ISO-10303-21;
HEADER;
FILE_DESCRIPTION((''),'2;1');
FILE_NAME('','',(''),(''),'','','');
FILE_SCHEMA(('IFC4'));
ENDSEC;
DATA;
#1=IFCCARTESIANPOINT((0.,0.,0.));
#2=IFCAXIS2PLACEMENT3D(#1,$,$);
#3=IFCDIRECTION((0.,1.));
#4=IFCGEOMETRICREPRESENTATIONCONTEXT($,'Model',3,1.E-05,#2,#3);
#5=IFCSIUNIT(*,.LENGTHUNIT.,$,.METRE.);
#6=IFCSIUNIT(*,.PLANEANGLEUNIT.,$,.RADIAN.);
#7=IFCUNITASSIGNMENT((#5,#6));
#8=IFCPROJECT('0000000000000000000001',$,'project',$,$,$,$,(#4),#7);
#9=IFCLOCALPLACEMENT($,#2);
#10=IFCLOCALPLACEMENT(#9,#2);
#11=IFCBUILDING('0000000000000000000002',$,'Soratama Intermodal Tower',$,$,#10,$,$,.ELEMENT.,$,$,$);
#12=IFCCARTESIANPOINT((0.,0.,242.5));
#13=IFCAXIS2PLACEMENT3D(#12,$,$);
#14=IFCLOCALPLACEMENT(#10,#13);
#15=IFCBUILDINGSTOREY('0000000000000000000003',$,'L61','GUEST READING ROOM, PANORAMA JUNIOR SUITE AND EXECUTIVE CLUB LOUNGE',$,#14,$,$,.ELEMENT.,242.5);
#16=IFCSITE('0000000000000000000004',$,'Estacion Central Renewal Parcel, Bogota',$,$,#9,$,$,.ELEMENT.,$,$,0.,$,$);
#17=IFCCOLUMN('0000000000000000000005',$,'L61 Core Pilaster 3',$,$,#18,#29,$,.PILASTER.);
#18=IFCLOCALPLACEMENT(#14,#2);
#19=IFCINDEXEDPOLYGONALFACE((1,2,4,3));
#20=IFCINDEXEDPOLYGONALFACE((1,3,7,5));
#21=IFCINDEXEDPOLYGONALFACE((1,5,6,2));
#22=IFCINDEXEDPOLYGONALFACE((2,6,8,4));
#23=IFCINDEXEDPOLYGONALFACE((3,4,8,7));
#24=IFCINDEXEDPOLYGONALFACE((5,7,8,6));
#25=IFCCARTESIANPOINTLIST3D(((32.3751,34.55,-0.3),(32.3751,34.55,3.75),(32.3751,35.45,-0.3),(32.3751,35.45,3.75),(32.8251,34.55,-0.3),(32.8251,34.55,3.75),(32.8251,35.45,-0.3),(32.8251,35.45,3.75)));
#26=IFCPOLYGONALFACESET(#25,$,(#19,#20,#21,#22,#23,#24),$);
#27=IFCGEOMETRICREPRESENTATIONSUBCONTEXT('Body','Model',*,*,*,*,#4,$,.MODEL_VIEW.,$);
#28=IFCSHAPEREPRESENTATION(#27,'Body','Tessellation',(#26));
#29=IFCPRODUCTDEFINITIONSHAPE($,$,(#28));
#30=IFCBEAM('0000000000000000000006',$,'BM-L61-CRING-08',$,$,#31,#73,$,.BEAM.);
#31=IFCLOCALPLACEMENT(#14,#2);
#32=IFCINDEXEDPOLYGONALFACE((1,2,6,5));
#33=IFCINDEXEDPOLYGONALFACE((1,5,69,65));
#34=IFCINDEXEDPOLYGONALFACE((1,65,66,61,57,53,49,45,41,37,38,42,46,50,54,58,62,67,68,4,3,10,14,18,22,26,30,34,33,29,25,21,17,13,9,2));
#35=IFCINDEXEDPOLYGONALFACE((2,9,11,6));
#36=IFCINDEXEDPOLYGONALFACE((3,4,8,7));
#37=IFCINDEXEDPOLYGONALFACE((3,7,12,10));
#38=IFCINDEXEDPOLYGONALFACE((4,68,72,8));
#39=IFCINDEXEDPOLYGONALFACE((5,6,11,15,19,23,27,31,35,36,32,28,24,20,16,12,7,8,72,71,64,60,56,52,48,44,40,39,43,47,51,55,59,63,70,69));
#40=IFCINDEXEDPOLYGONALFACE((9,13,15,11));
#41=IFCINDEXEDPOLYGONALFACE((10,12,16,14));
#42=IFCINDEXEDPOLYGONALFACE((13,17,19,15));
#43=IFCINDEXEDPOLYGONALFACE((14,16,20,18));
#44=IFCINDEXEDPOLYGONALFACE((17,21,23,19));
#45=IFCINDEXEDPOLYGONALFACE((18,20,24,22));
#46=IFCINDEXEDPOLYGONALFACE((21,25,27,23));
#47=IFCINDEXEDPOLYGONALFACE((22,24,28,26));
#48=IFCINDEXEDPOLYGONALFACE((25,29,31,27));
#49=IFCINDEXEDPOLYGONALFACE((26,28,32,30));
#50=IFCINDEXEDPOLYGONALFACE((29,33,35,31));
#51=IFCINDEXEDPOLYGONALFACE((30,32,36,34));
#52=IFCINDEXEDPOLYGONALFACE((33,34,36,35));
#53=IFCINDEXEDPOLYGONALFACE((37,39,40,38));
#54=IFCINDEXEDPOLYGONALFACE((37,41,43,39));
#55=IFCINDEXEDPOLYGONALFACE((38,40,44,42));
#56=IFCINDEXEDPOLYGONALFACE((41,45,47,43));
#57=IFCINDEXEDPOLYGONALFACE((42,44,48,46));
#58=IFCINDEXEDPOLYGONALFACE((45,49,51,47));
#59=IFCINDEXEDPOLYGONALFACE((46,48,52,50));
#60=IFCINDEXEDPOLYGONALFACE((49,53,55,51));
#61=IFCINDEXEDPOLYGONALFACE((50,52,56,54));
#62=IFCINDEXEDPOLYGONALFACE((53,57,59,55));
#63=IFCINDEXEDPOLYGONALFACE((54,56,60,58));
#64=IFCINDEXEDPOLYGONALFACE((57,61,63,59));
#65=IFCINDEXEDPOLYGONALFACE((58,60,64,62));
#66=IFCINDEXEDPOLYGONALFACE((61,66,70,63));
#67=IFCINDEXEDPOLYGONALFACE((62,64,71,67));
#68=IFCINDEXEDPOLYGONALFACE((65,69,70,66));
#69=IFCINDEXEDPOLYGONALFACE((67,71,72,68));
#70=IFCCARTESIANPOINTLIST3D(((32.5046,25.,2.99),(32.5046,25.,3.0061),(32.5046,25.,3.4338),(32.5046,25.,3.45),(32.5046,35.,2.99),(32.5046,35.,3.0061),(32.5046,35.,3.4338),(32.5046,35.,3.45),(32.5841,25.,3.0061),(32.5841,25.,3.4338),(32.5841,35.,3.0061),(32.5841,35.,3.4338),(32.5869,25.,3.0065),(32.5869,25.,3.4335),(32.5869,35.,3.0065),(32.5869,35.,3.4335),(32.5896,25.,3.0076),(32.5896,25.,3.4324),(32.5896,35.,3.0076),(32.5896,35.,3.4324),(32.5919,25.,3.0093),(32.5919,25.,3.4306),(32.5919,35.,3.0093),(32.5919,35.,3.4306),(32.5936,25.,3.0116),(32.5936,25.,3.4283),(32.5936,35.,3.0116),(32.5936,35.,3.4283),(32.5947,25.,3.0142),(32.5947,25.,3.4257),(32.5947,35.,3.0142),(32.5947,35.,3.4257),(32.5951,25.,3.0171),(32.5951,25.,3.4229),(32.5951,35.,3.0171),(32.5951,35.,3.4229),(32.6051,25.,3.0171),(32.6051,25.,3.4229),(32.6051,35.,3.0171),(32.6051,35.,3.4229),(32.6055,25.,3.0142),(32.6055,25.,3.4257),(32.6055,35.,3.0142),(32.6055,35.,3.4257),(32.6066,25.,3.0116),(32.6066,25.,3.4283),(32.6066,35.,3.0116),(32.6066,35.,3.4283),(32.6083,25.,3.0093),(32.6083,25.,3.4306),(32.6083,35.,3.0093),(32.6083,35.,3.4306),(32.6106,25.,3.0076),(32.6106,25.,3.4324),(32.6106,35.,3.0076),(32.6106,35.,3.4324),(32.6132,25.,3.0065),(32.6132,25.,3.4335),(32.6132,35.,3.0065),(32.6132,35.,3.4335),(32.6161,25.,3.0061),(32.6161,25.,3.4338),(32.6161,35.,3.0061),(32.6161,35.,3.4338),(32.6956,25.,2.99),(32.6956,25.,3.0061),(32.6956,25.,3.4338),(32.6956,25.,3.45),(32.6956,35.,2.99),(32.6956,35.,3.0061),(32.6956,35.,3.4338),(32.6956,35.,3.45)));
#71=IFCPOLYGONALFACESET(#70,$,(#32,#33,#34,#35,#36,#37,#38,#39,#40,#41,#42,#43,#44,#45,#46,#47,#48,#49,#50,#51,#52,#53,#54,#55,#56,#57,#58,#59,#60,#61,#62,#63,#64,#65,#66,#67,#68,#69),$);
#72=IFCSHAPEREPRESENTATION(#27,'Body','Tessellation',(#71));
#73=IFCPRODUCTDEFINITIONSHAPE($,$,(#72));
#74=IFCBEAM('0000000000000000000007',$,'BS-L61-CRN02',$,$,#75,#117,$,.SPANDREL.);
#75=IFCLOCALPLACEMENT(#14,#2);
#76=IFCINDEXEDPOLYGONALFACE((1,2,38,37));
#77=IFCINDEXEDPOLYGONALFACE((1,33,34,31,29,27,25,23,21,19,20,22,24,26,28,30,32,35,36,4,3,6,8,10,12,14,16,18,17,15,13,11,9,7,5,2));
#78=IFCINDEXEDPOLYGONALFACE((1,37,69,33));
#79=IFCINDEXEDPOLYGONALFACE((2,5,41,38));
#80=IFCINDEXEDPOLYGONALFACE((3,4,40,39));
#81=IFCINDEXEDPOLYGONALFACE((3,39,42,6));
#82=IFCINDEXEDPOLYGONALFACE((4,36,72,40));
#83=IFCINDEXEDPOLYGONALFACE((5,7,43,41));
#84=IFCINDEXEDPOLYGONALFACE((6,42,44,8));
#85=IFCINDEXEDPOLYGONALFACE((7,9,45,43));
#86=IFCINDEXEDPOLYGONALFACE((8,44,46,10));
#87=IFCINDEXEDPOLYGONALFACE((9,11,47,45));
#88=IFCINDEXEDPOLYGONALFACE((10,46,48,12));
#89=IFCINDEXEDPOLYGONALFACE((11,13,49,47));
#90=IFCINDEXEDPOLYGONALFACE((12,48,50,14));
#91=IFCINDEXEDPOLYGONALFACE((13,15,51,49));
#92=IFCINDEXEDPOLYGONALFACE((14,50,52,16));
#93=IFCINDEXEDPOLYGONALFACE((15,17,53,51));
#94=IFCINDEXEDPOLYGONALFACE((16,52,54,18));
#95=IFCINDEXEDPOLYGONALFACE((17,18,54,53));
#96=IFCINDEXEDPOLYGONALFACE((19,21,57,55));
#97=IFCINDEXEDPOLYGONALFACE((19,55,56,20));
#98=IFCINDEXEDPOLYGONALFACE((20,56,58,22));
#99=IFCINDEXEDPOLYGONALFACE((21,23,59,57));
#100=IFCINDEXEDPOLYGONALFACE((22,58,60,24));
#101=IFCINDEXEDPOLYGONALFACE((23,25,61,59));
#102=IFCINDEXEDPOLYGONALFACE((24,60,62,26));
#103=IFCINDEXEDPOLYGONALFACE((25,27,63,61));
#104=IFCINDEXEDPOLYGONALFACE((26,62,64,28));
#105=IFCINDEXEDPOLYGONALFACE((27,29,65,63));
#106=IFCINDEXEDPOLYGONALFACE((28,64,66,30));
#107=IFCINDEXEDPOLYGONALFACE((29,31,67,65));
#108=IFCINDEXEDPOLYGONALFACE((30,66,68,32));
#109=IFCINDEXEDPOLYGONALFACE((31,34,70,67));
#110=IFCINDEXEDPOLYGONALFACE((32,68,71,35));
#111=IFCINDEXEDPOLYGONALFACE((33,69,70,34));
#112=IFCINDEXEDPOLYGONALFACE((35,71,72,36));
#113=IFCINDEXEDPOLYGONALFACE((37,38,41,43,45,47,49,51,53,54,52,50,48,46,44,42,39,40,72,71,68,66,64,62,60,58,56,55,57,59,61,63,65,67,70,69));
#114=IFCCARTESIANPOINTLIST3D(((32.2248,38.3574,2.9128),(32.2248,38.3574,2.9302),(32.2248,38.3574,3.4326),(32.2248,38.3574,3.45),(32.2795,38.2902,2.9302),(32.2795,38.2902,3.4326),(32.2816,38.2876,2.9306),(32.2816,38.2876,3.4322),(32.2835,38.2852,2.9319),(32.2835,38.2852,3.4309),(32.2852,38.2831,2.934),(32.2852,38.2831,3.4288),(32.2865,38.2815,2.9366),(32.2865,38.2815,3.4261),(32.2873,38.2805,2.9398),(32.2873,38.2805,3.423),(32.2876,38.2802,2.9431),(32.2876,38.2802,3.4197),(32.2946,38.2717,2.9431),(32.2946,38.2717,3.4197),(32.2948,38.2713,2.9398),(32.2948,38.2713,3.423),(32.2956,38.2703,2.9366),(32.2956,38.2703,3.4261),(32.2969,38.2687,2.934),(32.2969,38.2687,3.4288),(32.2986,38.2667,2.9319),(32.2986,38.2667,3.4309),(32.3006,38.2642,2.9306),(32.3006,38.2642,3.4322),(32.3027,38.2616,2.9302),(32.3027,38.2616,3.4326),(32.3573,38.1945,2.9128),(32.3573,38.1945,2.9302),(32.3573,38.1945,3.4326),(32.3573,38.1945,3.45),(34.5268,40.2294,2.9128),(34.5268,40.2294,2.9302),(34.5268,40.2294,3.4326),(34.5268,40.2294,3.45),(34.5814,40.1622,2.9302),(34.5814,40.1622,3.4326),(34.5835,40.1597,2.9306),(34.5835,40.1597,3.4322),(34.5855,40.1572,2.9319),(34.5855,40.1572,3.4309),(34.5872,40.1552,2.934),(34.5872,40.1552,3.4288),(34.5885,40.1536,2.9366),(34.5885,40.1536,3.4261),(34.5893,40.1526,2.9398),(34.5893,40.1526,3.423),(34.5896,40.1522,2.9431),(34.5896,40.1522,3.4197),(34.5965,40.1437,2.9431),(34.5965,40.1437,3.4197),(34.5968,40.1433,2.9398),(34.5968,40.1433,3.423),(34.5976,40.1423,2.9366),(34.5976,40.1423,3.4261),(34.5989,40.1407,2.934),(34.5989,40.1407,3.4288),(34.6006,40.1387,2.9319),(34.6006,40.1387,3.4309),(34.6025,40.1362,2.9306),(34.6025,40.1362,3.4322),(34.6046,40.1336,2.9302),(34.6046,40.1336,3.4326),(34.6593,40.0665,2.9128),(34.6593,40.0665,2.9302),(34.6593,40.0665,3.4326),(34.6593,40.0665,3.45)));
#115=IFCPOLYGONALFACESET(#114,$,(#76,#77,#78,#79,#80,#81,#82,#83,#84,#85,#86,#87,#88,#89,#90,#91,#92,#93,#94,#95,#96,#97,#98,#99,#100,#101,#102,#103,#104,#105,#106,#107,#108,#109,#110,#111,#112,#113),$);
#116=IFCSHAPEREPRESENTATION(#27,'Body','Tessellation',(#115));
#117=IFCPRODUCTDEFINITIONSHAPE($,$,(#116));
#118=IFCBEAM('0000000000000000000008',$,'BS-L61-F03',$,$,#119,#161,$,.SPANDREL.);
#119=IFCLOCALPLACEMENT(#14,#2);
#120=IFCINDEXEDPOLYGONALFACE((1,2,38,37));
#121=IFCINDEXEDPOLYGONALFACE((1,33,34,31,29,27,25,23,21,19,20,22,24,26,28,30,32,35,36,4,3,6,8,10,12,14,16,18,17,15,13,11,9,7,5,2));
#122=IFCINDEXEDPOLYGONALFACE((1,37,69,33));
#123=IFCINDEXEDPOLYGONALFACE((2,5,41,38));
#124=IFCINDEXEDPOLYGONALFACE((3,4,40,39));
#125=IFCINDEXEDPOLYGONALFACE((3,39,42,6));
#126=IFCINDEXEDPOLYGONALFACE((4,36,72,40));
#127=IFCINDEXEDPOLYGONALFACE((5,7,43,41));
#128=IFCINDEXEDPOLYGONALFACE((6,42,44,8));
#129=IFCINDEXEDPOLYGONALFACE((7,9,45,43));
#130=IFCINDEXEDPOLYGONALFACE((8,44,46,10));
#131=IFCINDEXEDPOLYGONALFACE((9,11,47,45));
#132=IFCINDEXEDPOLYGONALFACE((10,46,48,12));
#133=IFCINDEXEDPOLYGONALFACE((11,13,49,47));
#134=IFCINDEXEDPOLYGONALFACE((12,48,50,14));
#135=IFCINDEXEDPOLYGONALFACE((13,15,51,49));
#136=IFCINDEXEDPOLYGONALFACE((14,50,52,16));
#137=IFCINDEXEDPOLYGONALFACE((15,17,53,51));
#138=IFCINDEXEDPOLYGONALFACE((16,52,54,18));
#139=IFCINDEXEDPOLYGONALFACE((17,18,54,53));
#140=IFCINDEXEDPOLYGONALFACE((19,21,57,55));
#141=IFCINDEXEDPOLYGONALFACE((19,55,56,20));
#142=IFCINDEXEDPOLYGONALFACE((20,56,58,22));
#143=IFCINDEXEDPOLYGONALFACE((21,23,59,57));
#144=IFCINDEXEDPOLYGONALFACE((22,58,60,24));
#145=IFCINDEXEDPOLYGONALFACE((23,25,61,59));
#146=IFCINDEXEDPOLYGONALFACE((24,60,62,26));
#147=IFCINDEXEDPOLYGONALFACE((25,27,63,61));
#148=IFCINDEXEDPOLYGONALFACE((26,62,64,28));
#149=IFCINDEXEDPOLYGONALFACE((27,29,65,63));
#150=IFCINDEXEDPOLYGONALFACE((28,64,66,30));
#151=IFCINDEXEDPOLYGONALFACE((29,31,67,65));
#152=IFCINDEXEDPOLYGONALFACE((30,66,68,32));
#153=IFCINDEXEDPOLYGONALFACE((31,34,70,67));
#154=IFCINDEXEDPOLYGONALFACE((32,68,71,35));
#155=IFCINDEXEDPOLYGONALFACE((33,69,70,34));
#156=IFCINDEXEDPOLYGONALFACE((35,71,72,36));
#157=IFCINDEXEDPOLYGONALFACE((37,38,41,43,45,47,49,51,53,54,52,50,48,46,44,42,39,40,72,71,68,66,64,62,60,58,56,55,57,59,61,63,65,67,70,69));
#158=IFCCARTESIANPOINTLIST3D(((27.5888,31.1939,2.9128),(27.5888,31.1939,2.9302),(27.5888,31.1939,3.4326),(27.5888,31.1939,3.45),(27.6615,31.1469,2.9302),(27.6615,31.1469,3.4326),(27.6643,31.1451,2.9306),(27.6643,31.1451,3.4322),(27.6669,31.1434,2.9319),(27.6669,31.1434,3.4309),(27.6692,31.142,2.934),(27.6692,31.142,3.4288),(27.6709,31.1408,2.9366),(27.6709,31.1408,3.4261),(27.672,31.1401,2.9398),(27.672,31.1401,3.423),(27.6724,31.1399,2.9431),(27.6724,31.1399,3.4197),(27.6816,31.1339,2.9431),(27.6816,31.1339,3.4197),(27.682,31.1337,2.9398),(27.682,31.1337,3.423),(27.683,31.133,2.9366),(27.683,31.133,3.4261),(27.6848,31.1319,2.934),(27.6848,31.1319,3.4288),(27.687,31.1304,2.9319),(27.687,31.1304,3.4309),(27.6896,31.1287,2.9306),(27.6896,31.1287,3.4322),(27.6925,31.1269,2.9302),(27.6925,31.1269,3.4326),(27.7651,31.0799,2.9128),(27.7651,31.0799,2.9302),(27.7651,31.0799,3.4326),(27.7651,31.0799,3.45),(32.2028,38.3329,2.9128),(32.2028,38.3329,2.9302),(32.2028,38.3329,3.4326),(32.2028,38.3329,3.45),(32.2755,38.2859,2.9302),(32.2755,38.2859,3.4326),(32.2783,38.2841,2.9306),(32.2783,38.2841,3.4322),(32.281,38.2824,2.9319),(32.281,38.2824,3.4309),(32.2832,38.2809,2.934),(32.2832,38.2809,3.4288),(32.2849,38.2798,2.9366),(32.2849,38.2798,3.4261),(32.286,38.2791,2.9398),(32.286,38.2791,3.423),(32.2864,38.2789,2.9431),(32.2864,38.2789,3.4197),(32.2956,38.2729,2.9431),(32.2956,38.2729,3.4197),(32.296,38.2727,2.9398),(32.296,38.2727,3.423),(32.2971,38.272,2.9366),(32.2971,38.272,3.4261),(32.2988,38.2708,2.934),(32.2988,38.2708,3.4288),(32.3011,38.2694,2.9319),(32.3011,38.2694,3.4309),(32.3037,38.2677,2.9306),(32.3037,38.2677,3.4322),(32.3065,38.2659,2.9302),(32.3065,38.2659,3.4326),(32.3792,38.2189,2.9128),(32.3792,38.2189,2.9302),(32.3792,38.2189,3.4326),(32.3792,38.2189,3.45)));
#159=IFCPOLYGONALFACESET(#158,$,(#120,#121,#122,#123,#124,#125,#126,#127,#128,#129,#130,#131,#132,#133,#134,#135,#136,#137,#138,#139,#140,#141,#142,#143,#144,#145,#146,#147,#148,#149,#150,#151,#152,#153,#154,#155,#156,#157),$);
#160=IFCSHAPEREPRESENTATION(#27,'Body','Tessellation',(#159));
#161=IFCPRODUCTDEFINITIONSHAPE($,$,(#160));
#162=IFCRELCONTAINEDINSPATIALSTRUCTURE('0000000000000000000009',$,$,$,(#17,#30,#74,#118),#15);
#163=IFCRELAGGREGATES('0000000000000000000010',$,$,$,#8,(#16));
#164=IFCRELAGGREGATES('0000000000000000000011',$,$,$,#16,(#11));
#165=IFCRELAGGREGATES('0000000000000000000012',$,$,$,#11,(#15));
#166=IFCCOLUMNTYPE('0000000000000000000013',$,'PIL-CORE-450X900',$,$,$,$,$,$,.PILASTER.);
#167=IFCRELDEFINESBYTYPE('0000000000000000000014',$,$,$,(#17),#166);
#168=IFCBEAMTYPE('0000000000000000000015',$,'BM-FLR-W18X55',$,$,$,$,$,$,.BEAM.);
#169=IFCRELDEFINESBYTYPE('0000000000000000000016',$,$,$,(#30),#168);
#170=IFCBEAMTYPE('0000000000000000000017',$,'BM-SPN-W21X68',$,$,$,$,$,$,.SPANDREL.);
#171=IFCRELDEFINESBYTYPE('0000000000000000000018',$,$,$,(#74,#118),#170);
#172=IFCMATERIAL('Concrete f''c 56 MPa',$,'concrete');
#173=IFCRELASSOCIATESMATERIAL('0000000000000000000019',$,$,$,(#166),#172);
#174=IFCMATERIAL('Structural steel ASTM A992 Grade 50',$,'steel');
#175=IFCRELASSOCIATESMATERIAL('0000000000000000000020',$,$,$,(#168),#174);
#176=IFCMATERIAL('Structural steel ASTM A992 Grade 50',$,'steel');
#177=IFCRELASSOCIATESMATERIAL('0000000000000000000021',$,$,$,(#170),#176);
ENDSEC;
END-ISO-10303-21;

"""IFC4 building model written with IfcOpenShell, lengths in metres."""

from ifc_helpers import new_model, si_unit, direction, frame, origin, origin_2d, place, context, subcontext, project, spatial, rectangle, i_section, extrude, material, material_profile, profile_set, type_object, element, save


model = new_model("IFC4")

# Units and contexts
model_context = context("Model", 3, precision=1e-05, world=origin(), true_north=direction((0.0, 1.0)))
body_context = subcontext(model_context, "Body", "Model", "MODEL_VIEW")
ifc_project = project(units=[si_unit("LENGTHUNIT", "METRE"), si_unit("PLANEANGLEUNIT", "RADIAN")], contexts=[model_context])

# Site, building, storey
site_placement = place(None, origin())
site = spatial("IfcSite", under=ifc_project, at=site_placement, Name="Estacion Central Renewal Parcel, Bogota", CompositionType="ELEMENT", RefElevation=0.0)
building_placement = place(site_placement, origin())
building = spatial("IfcBuilding", under=site, at=building_placement, Name="Soratama Intermodal Tower", CompositionType="ELEMENT")
storey_placement = place(building_placement, frame((0.0, 0.0, 242.5)))
storey = spatial("IfcBuildingStorey", under=building, at=storey_placement, Name="L61", Description="GUEST READING ROOM, PANORAMA JUNIOR SUITE AND EXECUTIVE CLUB LOUNGE", CompositionType="ELEMENT", Elevation=242.5)

# Column
ifc_material_1 = material(Name="Concrete f'c 56 MPa", Category="concrete")
ifc_material_profile_1 = material_profile(ifc_material_1, rectangle(XDim=0.45, YDim=0.8999, at=origin_2d()), Name="RC450X900")
ifc_profile_set_1 = profile_set([ifc_material_profile_1], Name="Concrete f'c 56 MPa")
column_type = type_object("IfcColumnType", Name="PIL-CORE-450X900", PredefinedType="PILASTER", material=ifc_profile_set_1)
column_placement = place(storey_placement, frame((32.6001, 35.0, -0.3), z_axis=(0.0, 0.0, 1.0), x_axis=(1.0, 0.0, 0.0)))
element("IfcColumn", 1, at=column_placement, inside=storey, type_object=column_type, Name="L61 Core Pilaster 3", PredefinedType="PILASTER", context=body_context, shape_type="SweptSolid", body=[
    extrude(rectangle(XDim=0.45, YDim=0.8999, at=origin_2d()), origin(), (0.0, 0.0, 1.0), 4.05),
])

# Beams
ifc_material_2 = material(Name="Structural steel ASTM A992 Grade 50", Category="steel")
ifc_material_profile_2 = material_profile(ifc_material_2, i_section(OverallWidth=0.1909, OverallDepth=0.46, WebThickness=0.01, FlangeThickness=0.0161, FilletRadius=0.011, at=origin_2d()), Name="W18X55")
ifc_profile_set_2 = profile_set([ifc_material_profile_2], Name="Structural steel ASTM A992 Grade 50")
beam_type_1 = type_object("IfcBeamType", Name="BM-FLR-W18X55", PredefinedType="BEAM", material=ifc_profile_set_2)
beam_1_placement = place(storey_placement, frame((32.6001, 35.0, 3.22), z_axis=(0.0, -1.0, 0.0), x_axis=(1.0, 0.0, 0.0)))
element("IfcBeam", 2, at=beam_1_placement, inside=storey, type_object=beam_type_1, Name="BM-L61-CRING-08", PredefinedType="BEAM", context=body_context, shape_type="SweptSolid", body=[
    extrude(i_section(OverallWidth=0.1909, OverallDepth=0.46, WebThickness=0.01, FlangeThickness=0.0161, FilletRadius=0.011, at=origin_2d()), origin(), (0.0, 0.0, 1.0), 10.0),
])
ifc_material_3 = material(Name="Structural steel ASTM A992 Grade 50", Category="steel")
ifc_material_profile_3 = material_profile(ifc_material_3, i_section(OverallWidth=0.21, OverallDepth=0.5371, WebThickness=0.011, FlangeThickness=0.0173, FilletRadius=0.0129, at=origin_2d()), Name="W21X68")
ifc_profile_set_3 = profile_set([ifc_material_profile_3], Name="Structural steel ASTM A992 Grade 50")
beam_type_2 = type_object("IfcBeamType", Name="BM-SPN-W21X68", PredefinedType="SPANDREL", material=ifc_profile_set_3)
beam_2_placement = place(storey_placement, frame((34.593, 40.1479, 3.1814), z_axis=(-0.775835, -0.630936, 0.0), x_axis=(0.630936, -0.775835, 0.0)))
element("IfcBeam", 3, at=beam_2_placement, inside=storey, type_object=beam_type_2, Name="BS-L61-CRN02", PredefinedType="SPANDREL", context=body_context, shape_type="SweptSolid", body=[
    extrude(i_section(OverallWidth=0.21, OverallDepth=0.5371, WebThickness=0.011, FlangeThickness=0.0173, FilletRadius=0.0129, at=origin_2d()), origin(), (0.0, 0.0, 1.0), 2.967),
])
beam_3_placement = place(storey_placement, frame((32.291, 38.2759, 3.1814), z_axis=(-0.542813, -0.839854, 0.0), x_axis=(0.839854, -0.542813, 0.0)))
element("IfcBeam", 4, at=beam_3_placement, inside=storey, type_object=beam_type_2, Name="BS-L61-F03", PredefinedType="SPANDREL", context=body_context, shape_type="SweptSolid", body=[
    extrude(i_section(OverallWidth=0.21, OverallDepth=0.5371, WebThickness=0.011, FlangeThickness=0.0173, FilletRadius=0.0129, at=origin_2d()), origin(), (0.0, 0.0, 1.0), 8.5002),
])

save(model, "model.ifc")
